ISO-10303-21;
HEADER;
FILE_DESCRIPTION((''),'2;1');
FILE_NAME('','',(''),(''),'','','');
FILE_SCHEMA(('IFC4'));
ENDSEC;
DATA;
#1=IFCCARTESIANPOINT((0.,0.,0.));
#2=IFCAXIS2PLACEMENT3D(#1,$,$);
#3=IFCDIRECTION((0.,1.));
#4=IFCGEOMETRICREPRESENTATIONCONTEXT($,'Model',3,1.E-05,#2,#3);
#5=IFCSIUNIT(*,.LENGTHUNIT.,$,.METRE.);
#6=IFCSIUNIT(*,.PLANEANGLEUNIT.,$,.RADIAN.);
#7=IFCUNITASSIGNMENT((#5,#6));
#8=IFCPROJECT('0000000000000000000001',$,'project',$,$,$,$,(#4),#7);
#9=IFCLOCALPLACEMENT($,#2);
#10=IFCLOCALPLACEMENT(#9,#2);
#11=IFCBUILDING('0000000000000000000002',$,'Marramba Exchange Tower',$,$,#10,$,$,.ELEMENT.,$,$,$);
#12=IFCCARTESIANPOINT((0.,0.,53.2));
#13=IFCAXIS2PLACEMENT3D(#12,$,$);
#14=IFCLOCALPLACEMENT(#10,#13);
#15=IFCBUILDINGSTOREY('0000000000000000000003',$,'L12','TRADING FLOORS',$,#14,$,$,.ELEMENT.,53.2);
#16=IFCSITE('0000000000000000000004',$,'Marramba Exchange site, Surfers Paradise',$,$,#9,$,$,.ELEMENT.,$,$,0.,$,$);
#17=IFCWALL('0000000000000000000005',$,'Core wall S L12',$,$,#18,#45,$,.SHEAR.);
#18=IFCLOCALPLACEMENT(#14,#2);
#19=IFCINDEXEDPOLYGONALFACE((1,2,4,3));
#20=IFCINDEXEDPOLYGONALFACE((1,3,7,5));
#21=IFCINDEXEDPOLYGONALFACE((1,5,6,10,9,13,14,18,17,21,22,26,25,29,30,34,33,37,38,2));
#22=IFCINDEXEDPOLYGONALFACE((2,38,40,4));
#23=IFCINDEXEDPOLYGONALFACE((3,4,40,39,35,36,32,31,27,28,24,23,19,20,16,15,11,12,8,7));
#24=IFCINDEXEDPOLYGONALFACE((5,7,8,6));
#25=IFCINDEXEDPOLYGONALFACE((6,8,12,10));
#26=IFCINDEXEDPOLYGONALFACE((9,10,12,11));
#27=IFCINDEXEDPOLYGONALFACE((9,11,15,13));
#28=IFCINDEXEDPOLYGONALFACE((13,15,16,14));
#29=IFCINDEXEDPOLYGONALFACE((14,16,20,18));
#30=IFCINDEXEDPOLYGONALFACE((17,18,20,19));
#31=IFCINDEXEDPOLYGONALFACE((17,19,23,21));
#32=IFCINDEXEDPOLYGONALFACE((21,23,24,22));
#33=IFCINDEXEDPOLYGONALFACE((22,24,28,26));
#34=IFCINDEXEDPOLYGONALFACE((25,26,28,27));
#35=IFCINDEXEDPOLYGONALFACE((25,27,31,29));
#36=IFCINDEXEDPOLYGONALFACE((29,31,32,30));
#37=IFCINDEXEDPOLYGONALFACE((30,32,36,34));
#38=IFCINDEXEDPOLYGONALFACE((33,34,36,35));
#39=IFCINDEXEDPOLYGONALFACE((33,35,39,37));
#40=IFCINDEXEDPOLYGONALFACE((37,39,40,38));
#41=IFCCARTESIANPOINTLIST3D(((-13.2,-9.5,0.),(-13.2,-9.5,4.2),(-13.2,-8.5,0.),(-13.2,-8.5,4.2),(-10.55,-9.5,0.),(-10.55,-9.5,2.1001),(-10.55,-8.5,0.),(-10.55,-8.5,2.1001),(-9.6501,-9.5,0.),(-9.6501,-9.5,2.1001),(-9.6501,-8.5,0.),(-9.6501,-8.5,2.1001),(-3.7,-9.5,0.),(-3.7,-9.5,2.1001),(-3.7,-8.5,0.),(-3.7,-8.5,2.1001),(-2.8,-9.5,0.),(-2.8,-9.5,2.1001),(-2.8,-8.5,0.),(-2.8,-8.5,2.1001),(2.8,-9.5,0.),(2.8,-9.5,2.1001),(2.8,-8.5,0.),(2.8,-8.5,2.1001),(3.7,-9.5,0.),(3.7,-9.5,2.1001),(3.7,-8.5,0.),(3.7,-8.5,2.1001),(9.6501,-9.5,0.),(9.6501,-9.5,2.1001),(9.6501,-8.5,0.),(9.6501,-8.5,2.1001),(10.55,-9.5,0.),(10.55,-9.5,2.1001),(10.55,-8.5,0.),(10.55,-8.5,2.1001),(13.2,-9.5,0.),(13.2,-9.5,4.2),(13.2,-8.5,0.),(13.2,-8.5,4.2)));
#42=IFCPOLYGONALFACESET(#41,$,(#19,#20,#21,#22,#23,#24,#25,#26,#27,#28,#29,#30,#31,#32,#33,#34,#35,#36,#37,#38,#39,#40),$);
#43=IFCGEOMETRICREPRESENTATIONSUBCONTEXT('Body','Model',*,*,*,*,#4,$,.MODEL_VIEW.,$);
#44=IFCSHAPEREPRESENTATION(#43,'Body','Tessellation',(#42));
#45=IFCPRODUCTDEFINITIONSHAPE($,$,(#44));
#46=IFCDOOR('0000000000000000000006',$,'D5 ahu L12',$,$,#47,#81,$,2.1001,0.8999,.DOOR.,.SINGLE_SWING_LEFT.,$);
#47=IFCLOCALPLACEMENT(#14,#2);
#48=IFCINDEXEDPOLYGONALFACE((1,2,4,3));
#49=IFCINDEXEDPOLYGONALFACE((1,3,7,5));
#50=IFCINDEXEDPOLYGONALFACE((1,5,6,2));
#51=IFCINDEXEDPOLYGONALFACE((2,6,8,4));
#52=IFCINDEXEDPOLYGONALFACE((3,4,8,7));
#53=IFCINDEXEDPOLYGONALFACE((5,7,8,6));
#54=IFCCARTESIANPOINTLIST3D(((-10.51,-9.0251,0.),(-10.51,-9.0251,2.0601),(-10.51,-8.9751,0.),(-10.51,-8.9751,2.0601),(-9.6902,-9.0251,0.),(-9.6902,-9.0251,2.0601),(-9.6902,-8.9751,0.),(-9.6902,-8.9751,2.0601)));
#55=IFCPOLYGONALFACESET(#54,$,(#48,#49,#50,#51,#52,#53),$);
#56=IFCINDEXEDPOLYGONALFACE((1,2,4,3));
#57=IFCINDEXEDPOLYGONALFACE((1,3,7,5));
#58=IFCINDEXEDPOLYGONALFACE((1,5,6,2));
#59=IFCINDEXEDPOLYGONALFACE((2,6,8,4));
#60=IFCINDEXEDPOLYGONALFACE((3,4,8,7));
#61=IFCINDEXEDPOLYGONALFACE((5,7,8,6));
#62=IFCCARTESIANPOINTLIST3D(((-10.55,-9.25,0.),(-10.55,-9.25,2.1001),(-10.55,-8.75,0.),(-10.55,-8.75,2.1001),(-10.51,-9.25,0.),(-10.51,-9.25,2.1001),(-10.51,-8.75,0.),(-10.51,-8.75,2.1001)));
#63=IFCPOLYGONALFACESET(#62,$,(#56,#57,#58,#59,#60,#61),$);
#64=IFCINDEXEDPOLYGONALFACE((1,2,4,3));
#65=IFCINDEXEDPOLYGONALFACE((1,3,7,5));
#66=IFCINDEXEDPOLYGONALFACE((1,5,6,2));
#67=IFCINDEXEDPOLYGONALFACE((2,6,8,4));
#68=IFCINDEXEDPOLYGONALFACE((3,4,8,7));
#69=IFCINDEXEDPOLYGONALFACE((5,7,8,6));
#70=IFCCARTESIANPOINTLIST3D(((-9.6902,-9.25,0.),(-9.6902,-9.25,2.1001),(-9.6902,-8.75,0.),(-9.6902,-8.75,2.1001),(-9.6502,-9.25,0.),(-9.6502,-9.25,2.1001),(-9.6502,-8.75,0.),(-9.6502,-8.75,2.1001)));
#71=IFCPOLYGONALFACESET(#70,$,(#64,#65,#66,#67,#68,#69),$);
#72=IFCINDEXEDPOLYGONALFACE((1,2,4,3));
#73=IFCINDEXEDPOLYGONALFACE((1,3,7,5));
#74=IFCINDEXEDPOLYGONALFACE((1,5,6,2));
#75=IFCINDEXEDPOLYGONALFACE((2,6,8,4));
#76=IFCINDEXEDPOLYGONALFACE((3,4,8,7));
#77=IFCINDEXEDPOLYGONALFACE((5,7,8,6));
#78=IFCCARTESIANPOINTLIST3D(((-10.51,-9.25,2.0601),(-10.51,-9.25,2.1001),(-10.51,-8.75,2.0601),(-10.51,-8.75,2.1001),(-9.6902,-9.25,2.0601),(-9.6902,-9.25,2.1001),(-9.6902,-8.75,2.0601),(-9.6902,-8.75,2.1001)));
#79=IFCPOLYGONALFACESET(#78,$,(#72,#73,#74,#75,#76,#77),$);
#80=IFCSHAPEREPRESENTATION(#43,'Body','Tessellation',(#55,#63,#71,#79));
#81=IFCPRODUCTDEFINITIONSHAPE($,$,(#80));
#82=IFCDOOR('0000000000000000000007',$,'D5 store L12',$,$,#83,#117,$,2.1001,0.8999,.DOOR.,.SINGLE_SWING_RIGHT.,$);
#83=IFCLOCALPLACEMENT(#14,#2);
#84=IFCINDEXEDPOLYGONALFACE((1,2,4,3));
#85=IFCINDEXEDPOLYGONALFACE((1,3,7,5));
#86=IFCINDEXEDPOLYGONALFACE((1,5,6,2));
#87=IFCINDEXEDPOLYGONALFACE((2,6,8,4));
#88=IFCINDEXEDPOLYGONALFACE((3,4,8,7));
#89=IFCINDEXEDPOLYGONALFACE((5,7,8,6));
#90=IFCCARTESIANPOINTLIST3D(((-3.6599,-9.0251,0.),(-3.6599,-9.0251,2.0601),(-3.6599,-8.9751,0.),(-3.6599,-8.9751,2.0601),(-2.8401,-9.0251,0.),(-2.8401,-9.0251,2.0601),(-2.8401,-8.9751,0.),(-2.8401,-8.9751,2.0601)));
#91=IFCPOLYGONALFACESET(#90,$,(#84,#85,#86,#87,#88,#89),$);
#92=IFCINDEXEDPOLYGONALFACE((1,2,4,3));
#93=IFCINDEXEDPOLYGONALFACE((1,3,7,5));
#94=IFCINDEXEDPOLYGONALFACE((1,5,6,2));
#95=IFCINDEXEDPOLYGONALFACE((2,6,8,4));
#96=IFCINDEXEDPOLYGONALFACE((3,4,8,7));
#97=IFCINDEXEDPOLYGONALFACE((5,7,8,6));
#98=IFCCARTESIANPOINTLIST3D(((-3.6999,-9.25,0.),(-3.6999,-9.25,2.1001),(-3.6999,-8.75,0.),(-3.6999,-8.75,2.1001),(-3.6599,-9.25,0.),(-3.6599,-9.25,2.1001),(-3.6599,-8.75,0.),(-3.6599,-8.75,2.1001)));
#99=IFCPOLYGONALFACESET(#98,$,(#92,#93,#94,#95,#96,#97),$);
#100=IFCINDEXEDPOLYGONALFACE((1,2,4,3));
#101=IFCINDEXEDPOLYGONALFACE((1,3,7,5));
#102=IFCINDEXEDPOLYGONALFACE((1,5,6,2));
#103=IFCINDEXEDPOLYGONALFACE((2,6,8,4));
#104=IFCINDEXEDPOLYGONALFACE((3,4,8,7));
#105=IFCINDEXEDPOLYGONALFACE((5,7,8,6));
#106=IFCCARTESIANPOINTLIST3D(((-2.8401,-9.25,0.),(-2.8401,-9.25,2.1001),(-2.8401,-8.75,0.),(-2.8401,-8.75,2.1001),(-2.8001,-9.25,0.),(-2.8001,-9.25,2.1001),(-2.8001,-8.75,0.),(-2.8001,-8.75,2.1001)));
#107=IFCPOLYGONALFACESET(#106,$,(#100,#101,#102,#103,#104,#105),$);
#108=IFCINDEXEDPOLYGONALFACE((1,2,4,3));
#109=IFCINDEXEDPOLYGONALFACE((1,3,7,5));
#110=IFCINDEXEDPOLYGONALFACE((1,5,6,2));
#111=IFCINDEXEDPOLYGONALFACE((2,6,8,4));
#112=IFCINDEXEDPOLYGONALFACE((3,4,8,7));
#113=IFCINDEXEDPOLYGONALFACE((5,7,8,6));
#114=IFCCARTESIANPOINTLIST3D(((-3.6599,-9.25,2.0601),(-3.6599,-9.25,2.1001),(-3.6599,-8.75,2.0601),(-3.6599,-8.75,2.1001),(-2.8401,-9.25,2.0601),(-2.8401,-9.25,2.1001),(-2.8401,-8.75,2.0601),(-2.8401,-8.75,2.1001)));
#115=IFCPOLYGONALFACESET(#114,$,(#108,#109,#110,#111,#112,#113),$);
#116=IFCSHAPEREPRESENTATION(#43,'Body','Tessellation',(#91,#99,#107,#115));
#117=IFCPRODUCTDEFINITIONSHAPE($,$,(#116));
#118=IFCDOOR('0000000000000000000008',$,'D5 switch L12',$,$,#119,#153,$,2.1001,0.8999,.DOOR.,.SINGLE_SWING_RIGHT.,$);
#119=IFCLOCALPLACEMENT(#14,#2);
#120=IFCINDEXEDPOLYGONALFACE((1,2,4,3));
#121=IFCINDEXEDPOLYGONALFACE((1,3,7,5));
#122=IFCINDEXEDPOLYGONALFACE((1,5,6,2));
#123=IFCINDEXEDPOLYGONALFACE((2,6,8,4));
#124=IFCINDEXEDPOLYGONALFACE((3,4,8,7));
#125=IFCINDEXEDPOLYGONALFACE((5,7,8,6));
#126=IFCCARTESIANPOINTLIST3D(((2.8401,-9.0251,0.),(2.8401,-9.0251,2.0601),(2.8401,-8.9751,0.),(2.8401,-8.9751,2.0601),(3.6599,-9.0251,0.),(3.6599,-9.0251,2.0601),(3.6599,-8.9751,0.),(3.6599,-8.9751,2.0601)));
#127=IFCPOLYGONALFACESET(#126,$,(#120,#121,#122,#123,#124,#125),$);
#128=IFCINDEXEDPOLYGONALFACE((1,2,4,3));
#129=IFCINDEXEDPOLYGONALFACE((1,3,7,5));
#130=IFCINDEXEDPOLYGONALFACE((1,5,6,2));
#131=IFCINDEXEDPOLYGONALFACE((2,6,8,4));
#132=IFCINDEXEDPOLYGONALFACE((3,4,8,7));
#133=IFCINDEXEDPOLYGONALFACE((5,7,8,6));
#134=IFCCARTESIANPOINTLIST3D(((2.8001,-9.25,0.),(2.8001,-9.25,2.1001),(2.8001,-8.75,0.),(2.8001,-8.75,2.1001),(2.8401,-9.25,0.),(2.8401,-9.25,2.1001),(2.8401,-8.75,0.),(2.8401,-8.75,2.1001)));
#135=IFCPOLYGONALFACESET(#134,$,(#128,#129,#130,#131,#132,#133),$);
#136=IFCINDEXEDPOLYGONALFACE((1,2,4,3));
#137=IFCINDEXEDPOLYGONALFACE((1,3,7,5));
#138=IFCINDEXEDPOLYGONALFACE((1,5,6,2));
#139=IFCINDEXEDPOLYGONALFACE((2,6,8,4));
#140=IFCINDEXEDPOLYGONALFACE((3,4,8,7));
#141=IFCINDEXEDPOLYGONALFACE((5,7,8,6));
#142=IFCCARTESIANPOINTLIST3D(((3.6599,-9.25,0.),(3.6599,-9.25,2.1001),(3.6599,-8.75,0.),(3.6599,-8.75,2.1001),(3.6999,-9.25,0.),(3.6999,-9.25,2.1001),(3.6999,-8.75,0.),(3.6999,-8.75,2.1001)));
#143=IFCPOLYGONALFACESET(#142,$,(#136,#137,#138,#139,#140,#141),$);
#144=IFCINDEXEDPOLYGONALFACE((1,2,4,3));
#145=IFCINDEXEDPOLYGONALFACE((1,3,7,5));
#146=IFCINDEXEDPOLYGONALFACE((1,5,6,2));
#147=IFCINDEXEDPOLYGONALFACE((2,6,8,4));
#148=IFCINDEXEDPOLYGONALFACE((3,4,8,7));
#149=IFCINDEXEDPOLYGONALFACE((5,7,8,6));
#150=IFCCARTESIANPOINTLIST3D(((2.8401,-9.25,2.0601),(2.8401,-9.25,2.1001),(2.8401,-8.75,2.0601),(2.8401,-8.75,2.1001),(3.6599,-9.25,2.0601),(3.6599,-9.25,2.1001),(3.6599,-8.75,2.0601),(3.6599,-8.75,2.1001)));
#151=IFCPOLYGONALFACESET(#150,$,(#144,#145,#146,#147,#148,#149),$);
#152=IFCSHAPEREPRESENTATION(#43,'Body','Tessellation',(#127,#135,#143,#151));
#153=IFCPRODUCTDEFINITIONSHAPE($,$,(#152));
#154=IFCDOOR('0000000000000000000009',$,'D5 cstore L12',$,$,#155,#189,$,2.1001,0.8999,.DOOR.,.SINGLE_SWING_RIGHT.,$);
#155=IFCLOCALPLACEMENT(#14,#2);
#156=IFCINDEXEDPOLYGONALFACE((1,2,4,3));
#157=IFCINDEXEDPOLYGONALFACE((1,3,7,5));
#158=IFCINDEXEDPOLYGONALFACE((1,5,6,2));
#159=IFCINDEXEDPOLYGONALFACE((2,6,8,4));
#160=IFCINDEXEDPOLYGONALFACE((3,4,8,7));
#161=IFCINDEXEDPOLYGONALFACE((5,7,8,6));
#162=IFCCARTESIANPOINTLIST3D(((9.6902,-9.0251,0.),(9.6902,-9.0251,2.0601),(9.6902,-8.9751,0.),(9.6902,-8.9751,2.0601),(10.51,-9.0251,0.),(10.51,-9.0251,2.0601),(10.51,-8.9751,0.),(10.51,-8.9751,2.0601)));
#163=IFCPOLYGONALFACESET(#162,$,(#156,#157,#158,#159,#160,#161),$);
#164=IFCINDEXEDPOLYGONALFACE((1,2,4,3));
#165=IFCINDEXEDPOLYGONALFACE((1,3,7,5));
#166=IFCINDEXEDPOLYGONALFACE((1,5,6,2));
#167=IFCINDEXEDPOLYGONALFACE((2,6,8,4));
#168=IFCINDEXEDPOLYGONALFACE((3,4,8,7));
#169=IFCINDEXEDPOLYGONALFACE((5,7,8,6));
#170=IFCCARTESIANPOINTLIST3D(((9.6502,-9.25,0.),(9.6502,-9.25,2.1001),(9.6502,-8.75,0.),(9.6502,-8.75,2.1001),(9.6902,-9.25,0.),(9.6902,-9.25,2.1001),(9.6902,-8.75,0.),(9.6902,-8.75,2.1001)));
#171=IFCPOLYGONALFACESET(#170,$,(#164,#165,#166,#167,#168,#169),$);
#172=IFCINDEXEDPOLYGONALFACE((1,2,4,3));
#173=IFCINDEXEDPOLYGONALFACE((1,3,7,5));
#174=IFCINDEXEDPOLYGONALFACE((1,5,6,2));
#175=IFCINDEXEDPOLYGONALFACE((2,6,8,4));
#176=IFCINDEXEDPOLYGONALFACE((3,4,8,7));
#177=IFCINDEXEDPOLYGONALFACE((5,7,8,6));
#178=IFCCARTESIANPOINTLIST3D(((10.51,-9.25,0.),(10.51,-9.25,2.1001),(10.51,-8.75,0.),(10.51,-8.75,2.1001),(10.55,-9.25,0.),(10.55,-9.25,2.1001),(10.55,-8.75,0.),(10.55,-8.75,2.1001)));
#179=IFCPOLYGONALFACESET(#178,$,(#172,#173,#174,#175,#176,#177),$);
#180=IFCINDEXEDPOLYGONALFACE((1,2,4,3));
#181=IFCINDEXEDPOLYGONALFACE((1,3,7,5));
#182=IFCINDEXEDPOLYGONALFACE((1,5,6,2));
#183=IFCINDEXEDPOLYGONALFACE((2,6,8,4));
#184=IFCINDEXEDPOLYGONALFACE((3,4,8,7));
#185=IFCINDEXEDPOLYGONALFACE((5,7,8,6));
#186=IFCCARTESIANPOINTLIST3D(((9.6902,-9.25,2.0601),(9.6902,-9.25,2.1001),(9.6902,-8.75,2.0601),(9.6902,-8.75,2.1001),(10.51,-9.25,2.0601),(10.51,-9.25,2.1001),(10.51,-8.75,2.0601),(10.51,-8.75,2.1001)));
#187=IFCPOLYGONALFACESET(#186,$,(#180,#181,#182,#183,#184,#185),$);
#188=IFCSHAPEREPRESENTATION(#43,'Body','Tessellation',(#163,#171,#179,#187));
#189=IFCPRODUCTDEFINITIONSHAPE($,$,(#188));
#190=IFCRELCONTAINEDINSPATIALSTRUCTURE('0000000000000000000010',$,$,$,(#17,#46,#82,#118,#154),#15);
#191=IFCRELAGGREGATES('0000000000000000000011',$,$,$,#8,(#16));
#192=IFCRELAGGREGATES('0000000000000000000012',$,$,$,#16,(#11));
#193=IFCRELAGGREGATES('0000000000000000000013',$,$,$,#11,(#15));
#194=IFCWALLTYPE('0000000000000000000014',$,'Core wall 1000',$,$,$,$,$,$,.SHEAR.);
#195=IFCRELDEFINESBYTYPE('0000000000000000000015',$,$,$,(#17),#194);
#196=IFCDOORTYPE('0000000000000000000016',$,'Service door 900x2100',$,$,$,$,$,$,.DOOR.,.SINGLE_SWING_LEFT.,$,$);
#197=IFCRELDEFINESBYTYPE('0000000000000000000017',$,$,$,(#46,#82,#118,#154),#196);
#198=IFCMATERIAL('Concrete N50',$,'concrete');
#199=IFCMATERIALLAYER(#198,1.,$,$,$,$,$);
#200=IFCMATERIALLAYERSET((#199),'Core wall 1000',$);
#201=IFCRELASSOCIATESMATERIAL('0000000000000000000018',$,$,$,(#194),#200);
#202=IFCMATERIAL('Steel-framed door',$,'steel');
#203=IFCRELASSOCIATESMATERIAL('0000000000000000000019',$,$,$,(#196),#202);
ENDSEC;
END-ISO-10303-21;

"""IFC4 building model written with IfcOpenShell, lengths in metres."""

from ifc_helpers import new_model, si_unit, direction, frame, frame_2d, origin, place, context, subcontext, project, spatial, rectangle, extrude, material, layer, layer_set, type_object, element, fill, save


model = new_model("IFC4")

# Units and contexts
model_context = context("Model", 3, precision=1e-05, world=origin(), true_north=direction((0.0, 1.0)))
body_context = subcontext(model_context, "Body", "Model", "MODEL_VIEW")
ifc_project = project(units=[si_unit("LENGTHUNIT", "METRE"), si_unit("PLANEANGLEUNIT", "RADIAN")], contexts=[model_context])

# Site, building, storey
site_placement = place(None, origin())
site = spatial("IfcSite", under=ifc_project, at=site_placement, Name="Marramba Exchange site, Surfers Paradise", CompositionType="ELEMENT", RefElevation=0.0)
building_placement = place(site_placement, origin())
building = spatial("IfcBuilding", under=site, at=building_placement, Name="Marramba Exchange Tower", CompositionType="ELEMENT")
storey_placement = place(building_placement, frame((0.0, 0.0, 53.2)))
storey = spatial("IfcBuildingStorey", under=building, at=storey_placement, Name="L12", Description="TRADING FLOORS", CompositionType="ELEMENT", Elevation=53.2)

# Shared definitions
ifc_material_1 = material(Name="Concrete N50", Category="concrete")

# Wall, openings, doors
ifc_layer_1 = layer(ifc_material_1, 1.0)
ifc_layer_set_1 = layer_set([ifc_layer_1], Name="Core wall 1000")
wall_type_1 = type_object("IfcWallType", Name="Core wall 1000", PredefinedType="SHEAR", material=ifc_layer_set_1)
wall_1_placement = place(storey_placement, frame((-13.2, -9.0, 0.0), z_axis=(0.0, 0.0, 1.0), x_axis=(1.0, 0.0, 0.0)))
wall_1 = element("IfcWall", 1, at=wall_1_placement, inside=storey, type_object=wall_type_1, Name="Core wall S L12", PredefinedType="SHEAR", context=body_context, shape_type="SweptSolid", body=[
    extrude(rectangle(XDim=26.3999, YDim=1.0, at=frame_2d((13.2, 0.0))), origin(), (0.0, 0.0, 1.0), 4.2),
])
opening_1_placement = place(wall_1_placement, frame((2.6499, 0.0, 0.0)))
opening_1 = element("IfcOpeningElement", 2, at=opening_1_placement, cuts=wall_1, PredefinedType="OPENING", context=body_context, shape_type="SweptSolid", body=[
    extrude(rectangle(XDim=0.8999, YDim=2.1001, at=frame_2d((0.45, 1.05))), frame((0.0, 0.51, 0.0), z_axis=(0.0, -1.0, 0.0), x_axis=(1.0, 0.0, 0.0)), (0.0, 0.0, 1.0), 1.02),
])
opening_2_placement = place(wall_1_placement, frame((9.5, 0.0, 0.0)))
opening_2 = element("IfcOpeningElement", 3, at=opening_2_placement, cuts=wall_1, PredefinedType="OPENING", context=body_context, shape_type="SweptSolid", body=[
    extrude(rectangle(XDim=0.8999, YDim=2.1001, at=frame_2d((0.45, 1.05))), frame((0.0, 0.51, 0.0), z_axis=(0.0, -1.0, 0.0), x_axis=(1.0, 0.0, 0.0)), (0.0, 0.0, 1.0), 1.02),
])
opening_3_placement = place(wall_1_placement, frame((16.0, 0.0, 0.0)))
opening_3 = element("IfcOpeningElement", 4, at=opening_3_placement, cuts=wall_1, PredefinedType="OPENING", context=body_context, shape_type="SweptSolid", body=[
    extrude(rectangle(XDim=0.8999, YDim=2.1001, at=frame_2d((0.45, 1.05))), frame((0.0, 0.51, 0.0), z_axis=(0.0, -1.0, 0.0), x_axis=(1.0, 0.0, 0.0)), (0.0, 0.0, 1.0), 1.02),
])
opening_4_placement = place(wall_1_placement, frame((22.8501, 0.0, 0.0)))
opening_4 = element("IfcOpeningElement", 5, at=opening_4_placement, cuts=wall_1, PredefinedType="OPENING", context=body_context, shape_type="SweptSolid", body=[
    extrude(rectangle(XDim=0.8999, YDim=2.1001, at=frame_2d((0.45, 1.05))), frame((0.0, 0.51, 0.0), z_axis=(0.0, -1.0, 0.0), x_axis=(1.0, 0.0, 0.0)), (0.0, 0.0, 1.0), 1.02),
])
ifc_material_2 = material(Name="Steel-framed door", Category="steel")
door_type = type_object("IfcDoorType", Name="Service door 900x2100", OperationType="SINGLE_SWING_LEFT", PredefinedType="DOOR", material=ifc_material_2)
door_1_placement = place(opening_1_placement, origin())
door_1 = element("IfcDoor", 6, at=door_1_placement, inside=storey, type_object=door_type, Name="D5 ahu L12", OperationType="SINGLE_SWING_LEFT", OverallHeight=2.1001, OverallWidth=0.8999, PredefinedType="DOOR", context=body_context, shape_type="SweptSolid", body=[
    extrude(rectangle(XDim=0.8198, YDim=2.0601, at=frame_2d((0.45, 1.03))), frame((0.0, 0.0249, 0.0), z_axis=(0.0, -1.0, 0.0), x_axis=(1.0, 0.0, 0.0)), (0.0, 0.0, 1.0), 0.05),
    extrude(rectangle(XDim=0.04, YDim=2.1001, at=frame_2d((0.02, 1.05))), frame((0.0, 0.25, 0.0), z_axis=(0.0, -1.0, 0.0), x_axis=(1.0, 0.0, 0.0)), (0.0, 0.0, 1.0), 0.5),
    extrude(rectangle(XDim=0.04, YDim=2.1001, at=frame_2d((0.8799, 1.05))), frame((0.0, 0.25, 0.0), z_axis=(0.0, -1.0, 0.0), x_axis=(1.0, 0.0, 0.0)), (0.0, 0.0, 1.0), 0.5),
    extrude(rectangle(XDim=0.8198, YDim=0.04, at=frame_2d((0.45, 2.0801))), frame((0.0, 0.25, 0.0), z_axis=(0.0, -1.0, 0.0), x_axis=(1.0, 0.0, 0.0)), (0.0, 0.0, 1.0), 0.5),
])
fill(opening_1, door_1)
door_2_placement = place(opening_2_placement, origin())
door_2 = element("IfcDoor", 7, at=door_2_placement, inside=storey, type_object=door_type, Name="D5 store L12", OperationType="SINGLE_SWING_RIGHT", OverallHeight=2.1001, OverallWidth=0.8999, PredefinedType="DOOR", context=body_context, shape_type="SweptSolid", body=[
    extrude(rectangle(XDim=0.8198, YDim=2.0601, at=frame_2d((0.45, 1.03))), frame((0.0, 0.0249, 0.0), z_axis=(0.0, -1.0, 0.0), x_axis=(1.0, 0.0, 0.0)), (0.0, 0.0, 1.0), 0.05),
    extrude(rectangle(XDim=0.04, YDim=2.1001, at=frame_2d((0.02, 1.05))), frame((0.0, 0.25, 0.0), z_axis=(0.0, -1.0, 0.0), x_axis=(1.0, 0.0, 0.0)), (0.0, 0.0, 1.0), 0.5),
    extrude(rectangle(XDim=0.04, YDim=2.1001, at=frame_2d((0.8799, 1.05))), frame((0.0, 0.25, 0.0), z_axis=(0.0, -1.0, 0.0), x_axis=(1.0, 0.0, 0.0)), (0.0, 0.0, 1.0), 0.5),
    extrude(rectangle(XDim=0.8198, YDim=0.04, at=frame_2d((0.45, 2.0801))), frame((0.0, 0.25, 0.0), z_axis=(0.0, -1.0, 0.0), x_axis=(1.0, 0.0, 0.0)), (0.0, 0.0, 1.0), 0.5),
])
fill(opening_2, door_2)
door_3_placement = place(opening_3_placement, origin())
door_3 = element("IfcDoor", 8, at=door_3_placement, inside=storey, type_object=door_type, Name="D5 switch L12", OperationType="SINGLE_SWING_RIGHT", OverallHeight=2.1001, OverallWidth=0.8999, PredefinedType="DOOR", context=body_context, shape_type="SweptSolid", body=[
    extrude(rectangle(XDim=0.8198, YDim=2.0601, at=frame_2d((0.45, 1.03))), frame((0.0, 0.0249, 0.0), z_axis=(0.0, -1.0, 0.0), x_axis=(1.0, 0.0, 0.0)), (0.0, 0.0, 1.0), 0.05),
    extrude(rectangle(XDim=0.04, YDim=2.1001, at=frame_2d((0.02, 1.05))), frame((0.0, 0.25, 0.0), z_axis=(0.0, -1.0, 0.0), x_axis=(1.0, 0.0, 0.0)), (0.0, 0.0, 1.0), 0.5),
    extrude(rectangle(XDim=0.04, YDim=2.1001, at=frame_2d((0.8799, 1.05))), frame((0.0, 0.25, 0.0), z_axis=(0.0, -1.0, 0.0), x_axis=(1.0, 0.0, 0.0)), (0.0, 0.0, 1.0), 0.5),
    extrude(rectangle(XDim=0.8198, YDim=0.04, at=frame_2d((0.45, 2.0801))), frame((0.0, 0.25, 0.0), z_axis=(0.0, -1.0, 0.0), x_axis=(1.0, 0.0, 0.0)), (0.0, 0.0, 1.0), 0.5),
])
fill(opening_3, door_3)
door_4_placement = place(opening_4_placement, origin())
door_4 = element("IfcDoor", 9, at=door_4_placement, inside=storey, type_object=door_type, Name="D5 cstore L12", OperationType="SINGLE_SWING_RIGHT", OverallHeight=2.1001, OverallWidth=0.8999, PredefinedType="DOOR", context=body_context, shape_type="SweptSolid", body=[
    extrude(rectangle(XDim=0.8198, YDim=2.0601, at=frame_2d((0.45, 1.03))), frame((0.0, 0.0249, 0.0), z_axis=(0.0, -1.0, 0.0), x_axis=(1.0, 0.0, 0.0)), (0.0, 0.0, 1.0), 0.05),
    extrude(rectangle(XDim=0.04, YDim=2.1001, at=frame_2d((0.02, 1.05))), frame((0.0, 0.25, 0.0), z_axis=(0.0, -1.0, 0.0), x_axis=(1.0, 0.0, 0.0)), (0.0, 0.0, 1.0), 0.5),
    extrude(rectangle(XDim=0.04, YDim=2.1001, at=frame_2d((0.8799, 1.05))), frame((0.0, 0.25, 0.0), z_axis=(0.0, -1.0, 0.0), x_axis=(1.0, 0.0, 0.0)), (0.0, 0.0, 1.0), 0.5),
    extrude(rectangle(XDim=0.8198, YDim=0.04, at=frame_2d((0.45, 2.0801))), frame((0.0, 0.25, 0.0), z_axis=(0.0, -1.0, 0.0), x_axis=(1.0, 0.0, 0.0)), (0.0, 0.0, 1.0), 0.5),
])
fill(opening_4, door_4)

save(model, "model.ifc")
